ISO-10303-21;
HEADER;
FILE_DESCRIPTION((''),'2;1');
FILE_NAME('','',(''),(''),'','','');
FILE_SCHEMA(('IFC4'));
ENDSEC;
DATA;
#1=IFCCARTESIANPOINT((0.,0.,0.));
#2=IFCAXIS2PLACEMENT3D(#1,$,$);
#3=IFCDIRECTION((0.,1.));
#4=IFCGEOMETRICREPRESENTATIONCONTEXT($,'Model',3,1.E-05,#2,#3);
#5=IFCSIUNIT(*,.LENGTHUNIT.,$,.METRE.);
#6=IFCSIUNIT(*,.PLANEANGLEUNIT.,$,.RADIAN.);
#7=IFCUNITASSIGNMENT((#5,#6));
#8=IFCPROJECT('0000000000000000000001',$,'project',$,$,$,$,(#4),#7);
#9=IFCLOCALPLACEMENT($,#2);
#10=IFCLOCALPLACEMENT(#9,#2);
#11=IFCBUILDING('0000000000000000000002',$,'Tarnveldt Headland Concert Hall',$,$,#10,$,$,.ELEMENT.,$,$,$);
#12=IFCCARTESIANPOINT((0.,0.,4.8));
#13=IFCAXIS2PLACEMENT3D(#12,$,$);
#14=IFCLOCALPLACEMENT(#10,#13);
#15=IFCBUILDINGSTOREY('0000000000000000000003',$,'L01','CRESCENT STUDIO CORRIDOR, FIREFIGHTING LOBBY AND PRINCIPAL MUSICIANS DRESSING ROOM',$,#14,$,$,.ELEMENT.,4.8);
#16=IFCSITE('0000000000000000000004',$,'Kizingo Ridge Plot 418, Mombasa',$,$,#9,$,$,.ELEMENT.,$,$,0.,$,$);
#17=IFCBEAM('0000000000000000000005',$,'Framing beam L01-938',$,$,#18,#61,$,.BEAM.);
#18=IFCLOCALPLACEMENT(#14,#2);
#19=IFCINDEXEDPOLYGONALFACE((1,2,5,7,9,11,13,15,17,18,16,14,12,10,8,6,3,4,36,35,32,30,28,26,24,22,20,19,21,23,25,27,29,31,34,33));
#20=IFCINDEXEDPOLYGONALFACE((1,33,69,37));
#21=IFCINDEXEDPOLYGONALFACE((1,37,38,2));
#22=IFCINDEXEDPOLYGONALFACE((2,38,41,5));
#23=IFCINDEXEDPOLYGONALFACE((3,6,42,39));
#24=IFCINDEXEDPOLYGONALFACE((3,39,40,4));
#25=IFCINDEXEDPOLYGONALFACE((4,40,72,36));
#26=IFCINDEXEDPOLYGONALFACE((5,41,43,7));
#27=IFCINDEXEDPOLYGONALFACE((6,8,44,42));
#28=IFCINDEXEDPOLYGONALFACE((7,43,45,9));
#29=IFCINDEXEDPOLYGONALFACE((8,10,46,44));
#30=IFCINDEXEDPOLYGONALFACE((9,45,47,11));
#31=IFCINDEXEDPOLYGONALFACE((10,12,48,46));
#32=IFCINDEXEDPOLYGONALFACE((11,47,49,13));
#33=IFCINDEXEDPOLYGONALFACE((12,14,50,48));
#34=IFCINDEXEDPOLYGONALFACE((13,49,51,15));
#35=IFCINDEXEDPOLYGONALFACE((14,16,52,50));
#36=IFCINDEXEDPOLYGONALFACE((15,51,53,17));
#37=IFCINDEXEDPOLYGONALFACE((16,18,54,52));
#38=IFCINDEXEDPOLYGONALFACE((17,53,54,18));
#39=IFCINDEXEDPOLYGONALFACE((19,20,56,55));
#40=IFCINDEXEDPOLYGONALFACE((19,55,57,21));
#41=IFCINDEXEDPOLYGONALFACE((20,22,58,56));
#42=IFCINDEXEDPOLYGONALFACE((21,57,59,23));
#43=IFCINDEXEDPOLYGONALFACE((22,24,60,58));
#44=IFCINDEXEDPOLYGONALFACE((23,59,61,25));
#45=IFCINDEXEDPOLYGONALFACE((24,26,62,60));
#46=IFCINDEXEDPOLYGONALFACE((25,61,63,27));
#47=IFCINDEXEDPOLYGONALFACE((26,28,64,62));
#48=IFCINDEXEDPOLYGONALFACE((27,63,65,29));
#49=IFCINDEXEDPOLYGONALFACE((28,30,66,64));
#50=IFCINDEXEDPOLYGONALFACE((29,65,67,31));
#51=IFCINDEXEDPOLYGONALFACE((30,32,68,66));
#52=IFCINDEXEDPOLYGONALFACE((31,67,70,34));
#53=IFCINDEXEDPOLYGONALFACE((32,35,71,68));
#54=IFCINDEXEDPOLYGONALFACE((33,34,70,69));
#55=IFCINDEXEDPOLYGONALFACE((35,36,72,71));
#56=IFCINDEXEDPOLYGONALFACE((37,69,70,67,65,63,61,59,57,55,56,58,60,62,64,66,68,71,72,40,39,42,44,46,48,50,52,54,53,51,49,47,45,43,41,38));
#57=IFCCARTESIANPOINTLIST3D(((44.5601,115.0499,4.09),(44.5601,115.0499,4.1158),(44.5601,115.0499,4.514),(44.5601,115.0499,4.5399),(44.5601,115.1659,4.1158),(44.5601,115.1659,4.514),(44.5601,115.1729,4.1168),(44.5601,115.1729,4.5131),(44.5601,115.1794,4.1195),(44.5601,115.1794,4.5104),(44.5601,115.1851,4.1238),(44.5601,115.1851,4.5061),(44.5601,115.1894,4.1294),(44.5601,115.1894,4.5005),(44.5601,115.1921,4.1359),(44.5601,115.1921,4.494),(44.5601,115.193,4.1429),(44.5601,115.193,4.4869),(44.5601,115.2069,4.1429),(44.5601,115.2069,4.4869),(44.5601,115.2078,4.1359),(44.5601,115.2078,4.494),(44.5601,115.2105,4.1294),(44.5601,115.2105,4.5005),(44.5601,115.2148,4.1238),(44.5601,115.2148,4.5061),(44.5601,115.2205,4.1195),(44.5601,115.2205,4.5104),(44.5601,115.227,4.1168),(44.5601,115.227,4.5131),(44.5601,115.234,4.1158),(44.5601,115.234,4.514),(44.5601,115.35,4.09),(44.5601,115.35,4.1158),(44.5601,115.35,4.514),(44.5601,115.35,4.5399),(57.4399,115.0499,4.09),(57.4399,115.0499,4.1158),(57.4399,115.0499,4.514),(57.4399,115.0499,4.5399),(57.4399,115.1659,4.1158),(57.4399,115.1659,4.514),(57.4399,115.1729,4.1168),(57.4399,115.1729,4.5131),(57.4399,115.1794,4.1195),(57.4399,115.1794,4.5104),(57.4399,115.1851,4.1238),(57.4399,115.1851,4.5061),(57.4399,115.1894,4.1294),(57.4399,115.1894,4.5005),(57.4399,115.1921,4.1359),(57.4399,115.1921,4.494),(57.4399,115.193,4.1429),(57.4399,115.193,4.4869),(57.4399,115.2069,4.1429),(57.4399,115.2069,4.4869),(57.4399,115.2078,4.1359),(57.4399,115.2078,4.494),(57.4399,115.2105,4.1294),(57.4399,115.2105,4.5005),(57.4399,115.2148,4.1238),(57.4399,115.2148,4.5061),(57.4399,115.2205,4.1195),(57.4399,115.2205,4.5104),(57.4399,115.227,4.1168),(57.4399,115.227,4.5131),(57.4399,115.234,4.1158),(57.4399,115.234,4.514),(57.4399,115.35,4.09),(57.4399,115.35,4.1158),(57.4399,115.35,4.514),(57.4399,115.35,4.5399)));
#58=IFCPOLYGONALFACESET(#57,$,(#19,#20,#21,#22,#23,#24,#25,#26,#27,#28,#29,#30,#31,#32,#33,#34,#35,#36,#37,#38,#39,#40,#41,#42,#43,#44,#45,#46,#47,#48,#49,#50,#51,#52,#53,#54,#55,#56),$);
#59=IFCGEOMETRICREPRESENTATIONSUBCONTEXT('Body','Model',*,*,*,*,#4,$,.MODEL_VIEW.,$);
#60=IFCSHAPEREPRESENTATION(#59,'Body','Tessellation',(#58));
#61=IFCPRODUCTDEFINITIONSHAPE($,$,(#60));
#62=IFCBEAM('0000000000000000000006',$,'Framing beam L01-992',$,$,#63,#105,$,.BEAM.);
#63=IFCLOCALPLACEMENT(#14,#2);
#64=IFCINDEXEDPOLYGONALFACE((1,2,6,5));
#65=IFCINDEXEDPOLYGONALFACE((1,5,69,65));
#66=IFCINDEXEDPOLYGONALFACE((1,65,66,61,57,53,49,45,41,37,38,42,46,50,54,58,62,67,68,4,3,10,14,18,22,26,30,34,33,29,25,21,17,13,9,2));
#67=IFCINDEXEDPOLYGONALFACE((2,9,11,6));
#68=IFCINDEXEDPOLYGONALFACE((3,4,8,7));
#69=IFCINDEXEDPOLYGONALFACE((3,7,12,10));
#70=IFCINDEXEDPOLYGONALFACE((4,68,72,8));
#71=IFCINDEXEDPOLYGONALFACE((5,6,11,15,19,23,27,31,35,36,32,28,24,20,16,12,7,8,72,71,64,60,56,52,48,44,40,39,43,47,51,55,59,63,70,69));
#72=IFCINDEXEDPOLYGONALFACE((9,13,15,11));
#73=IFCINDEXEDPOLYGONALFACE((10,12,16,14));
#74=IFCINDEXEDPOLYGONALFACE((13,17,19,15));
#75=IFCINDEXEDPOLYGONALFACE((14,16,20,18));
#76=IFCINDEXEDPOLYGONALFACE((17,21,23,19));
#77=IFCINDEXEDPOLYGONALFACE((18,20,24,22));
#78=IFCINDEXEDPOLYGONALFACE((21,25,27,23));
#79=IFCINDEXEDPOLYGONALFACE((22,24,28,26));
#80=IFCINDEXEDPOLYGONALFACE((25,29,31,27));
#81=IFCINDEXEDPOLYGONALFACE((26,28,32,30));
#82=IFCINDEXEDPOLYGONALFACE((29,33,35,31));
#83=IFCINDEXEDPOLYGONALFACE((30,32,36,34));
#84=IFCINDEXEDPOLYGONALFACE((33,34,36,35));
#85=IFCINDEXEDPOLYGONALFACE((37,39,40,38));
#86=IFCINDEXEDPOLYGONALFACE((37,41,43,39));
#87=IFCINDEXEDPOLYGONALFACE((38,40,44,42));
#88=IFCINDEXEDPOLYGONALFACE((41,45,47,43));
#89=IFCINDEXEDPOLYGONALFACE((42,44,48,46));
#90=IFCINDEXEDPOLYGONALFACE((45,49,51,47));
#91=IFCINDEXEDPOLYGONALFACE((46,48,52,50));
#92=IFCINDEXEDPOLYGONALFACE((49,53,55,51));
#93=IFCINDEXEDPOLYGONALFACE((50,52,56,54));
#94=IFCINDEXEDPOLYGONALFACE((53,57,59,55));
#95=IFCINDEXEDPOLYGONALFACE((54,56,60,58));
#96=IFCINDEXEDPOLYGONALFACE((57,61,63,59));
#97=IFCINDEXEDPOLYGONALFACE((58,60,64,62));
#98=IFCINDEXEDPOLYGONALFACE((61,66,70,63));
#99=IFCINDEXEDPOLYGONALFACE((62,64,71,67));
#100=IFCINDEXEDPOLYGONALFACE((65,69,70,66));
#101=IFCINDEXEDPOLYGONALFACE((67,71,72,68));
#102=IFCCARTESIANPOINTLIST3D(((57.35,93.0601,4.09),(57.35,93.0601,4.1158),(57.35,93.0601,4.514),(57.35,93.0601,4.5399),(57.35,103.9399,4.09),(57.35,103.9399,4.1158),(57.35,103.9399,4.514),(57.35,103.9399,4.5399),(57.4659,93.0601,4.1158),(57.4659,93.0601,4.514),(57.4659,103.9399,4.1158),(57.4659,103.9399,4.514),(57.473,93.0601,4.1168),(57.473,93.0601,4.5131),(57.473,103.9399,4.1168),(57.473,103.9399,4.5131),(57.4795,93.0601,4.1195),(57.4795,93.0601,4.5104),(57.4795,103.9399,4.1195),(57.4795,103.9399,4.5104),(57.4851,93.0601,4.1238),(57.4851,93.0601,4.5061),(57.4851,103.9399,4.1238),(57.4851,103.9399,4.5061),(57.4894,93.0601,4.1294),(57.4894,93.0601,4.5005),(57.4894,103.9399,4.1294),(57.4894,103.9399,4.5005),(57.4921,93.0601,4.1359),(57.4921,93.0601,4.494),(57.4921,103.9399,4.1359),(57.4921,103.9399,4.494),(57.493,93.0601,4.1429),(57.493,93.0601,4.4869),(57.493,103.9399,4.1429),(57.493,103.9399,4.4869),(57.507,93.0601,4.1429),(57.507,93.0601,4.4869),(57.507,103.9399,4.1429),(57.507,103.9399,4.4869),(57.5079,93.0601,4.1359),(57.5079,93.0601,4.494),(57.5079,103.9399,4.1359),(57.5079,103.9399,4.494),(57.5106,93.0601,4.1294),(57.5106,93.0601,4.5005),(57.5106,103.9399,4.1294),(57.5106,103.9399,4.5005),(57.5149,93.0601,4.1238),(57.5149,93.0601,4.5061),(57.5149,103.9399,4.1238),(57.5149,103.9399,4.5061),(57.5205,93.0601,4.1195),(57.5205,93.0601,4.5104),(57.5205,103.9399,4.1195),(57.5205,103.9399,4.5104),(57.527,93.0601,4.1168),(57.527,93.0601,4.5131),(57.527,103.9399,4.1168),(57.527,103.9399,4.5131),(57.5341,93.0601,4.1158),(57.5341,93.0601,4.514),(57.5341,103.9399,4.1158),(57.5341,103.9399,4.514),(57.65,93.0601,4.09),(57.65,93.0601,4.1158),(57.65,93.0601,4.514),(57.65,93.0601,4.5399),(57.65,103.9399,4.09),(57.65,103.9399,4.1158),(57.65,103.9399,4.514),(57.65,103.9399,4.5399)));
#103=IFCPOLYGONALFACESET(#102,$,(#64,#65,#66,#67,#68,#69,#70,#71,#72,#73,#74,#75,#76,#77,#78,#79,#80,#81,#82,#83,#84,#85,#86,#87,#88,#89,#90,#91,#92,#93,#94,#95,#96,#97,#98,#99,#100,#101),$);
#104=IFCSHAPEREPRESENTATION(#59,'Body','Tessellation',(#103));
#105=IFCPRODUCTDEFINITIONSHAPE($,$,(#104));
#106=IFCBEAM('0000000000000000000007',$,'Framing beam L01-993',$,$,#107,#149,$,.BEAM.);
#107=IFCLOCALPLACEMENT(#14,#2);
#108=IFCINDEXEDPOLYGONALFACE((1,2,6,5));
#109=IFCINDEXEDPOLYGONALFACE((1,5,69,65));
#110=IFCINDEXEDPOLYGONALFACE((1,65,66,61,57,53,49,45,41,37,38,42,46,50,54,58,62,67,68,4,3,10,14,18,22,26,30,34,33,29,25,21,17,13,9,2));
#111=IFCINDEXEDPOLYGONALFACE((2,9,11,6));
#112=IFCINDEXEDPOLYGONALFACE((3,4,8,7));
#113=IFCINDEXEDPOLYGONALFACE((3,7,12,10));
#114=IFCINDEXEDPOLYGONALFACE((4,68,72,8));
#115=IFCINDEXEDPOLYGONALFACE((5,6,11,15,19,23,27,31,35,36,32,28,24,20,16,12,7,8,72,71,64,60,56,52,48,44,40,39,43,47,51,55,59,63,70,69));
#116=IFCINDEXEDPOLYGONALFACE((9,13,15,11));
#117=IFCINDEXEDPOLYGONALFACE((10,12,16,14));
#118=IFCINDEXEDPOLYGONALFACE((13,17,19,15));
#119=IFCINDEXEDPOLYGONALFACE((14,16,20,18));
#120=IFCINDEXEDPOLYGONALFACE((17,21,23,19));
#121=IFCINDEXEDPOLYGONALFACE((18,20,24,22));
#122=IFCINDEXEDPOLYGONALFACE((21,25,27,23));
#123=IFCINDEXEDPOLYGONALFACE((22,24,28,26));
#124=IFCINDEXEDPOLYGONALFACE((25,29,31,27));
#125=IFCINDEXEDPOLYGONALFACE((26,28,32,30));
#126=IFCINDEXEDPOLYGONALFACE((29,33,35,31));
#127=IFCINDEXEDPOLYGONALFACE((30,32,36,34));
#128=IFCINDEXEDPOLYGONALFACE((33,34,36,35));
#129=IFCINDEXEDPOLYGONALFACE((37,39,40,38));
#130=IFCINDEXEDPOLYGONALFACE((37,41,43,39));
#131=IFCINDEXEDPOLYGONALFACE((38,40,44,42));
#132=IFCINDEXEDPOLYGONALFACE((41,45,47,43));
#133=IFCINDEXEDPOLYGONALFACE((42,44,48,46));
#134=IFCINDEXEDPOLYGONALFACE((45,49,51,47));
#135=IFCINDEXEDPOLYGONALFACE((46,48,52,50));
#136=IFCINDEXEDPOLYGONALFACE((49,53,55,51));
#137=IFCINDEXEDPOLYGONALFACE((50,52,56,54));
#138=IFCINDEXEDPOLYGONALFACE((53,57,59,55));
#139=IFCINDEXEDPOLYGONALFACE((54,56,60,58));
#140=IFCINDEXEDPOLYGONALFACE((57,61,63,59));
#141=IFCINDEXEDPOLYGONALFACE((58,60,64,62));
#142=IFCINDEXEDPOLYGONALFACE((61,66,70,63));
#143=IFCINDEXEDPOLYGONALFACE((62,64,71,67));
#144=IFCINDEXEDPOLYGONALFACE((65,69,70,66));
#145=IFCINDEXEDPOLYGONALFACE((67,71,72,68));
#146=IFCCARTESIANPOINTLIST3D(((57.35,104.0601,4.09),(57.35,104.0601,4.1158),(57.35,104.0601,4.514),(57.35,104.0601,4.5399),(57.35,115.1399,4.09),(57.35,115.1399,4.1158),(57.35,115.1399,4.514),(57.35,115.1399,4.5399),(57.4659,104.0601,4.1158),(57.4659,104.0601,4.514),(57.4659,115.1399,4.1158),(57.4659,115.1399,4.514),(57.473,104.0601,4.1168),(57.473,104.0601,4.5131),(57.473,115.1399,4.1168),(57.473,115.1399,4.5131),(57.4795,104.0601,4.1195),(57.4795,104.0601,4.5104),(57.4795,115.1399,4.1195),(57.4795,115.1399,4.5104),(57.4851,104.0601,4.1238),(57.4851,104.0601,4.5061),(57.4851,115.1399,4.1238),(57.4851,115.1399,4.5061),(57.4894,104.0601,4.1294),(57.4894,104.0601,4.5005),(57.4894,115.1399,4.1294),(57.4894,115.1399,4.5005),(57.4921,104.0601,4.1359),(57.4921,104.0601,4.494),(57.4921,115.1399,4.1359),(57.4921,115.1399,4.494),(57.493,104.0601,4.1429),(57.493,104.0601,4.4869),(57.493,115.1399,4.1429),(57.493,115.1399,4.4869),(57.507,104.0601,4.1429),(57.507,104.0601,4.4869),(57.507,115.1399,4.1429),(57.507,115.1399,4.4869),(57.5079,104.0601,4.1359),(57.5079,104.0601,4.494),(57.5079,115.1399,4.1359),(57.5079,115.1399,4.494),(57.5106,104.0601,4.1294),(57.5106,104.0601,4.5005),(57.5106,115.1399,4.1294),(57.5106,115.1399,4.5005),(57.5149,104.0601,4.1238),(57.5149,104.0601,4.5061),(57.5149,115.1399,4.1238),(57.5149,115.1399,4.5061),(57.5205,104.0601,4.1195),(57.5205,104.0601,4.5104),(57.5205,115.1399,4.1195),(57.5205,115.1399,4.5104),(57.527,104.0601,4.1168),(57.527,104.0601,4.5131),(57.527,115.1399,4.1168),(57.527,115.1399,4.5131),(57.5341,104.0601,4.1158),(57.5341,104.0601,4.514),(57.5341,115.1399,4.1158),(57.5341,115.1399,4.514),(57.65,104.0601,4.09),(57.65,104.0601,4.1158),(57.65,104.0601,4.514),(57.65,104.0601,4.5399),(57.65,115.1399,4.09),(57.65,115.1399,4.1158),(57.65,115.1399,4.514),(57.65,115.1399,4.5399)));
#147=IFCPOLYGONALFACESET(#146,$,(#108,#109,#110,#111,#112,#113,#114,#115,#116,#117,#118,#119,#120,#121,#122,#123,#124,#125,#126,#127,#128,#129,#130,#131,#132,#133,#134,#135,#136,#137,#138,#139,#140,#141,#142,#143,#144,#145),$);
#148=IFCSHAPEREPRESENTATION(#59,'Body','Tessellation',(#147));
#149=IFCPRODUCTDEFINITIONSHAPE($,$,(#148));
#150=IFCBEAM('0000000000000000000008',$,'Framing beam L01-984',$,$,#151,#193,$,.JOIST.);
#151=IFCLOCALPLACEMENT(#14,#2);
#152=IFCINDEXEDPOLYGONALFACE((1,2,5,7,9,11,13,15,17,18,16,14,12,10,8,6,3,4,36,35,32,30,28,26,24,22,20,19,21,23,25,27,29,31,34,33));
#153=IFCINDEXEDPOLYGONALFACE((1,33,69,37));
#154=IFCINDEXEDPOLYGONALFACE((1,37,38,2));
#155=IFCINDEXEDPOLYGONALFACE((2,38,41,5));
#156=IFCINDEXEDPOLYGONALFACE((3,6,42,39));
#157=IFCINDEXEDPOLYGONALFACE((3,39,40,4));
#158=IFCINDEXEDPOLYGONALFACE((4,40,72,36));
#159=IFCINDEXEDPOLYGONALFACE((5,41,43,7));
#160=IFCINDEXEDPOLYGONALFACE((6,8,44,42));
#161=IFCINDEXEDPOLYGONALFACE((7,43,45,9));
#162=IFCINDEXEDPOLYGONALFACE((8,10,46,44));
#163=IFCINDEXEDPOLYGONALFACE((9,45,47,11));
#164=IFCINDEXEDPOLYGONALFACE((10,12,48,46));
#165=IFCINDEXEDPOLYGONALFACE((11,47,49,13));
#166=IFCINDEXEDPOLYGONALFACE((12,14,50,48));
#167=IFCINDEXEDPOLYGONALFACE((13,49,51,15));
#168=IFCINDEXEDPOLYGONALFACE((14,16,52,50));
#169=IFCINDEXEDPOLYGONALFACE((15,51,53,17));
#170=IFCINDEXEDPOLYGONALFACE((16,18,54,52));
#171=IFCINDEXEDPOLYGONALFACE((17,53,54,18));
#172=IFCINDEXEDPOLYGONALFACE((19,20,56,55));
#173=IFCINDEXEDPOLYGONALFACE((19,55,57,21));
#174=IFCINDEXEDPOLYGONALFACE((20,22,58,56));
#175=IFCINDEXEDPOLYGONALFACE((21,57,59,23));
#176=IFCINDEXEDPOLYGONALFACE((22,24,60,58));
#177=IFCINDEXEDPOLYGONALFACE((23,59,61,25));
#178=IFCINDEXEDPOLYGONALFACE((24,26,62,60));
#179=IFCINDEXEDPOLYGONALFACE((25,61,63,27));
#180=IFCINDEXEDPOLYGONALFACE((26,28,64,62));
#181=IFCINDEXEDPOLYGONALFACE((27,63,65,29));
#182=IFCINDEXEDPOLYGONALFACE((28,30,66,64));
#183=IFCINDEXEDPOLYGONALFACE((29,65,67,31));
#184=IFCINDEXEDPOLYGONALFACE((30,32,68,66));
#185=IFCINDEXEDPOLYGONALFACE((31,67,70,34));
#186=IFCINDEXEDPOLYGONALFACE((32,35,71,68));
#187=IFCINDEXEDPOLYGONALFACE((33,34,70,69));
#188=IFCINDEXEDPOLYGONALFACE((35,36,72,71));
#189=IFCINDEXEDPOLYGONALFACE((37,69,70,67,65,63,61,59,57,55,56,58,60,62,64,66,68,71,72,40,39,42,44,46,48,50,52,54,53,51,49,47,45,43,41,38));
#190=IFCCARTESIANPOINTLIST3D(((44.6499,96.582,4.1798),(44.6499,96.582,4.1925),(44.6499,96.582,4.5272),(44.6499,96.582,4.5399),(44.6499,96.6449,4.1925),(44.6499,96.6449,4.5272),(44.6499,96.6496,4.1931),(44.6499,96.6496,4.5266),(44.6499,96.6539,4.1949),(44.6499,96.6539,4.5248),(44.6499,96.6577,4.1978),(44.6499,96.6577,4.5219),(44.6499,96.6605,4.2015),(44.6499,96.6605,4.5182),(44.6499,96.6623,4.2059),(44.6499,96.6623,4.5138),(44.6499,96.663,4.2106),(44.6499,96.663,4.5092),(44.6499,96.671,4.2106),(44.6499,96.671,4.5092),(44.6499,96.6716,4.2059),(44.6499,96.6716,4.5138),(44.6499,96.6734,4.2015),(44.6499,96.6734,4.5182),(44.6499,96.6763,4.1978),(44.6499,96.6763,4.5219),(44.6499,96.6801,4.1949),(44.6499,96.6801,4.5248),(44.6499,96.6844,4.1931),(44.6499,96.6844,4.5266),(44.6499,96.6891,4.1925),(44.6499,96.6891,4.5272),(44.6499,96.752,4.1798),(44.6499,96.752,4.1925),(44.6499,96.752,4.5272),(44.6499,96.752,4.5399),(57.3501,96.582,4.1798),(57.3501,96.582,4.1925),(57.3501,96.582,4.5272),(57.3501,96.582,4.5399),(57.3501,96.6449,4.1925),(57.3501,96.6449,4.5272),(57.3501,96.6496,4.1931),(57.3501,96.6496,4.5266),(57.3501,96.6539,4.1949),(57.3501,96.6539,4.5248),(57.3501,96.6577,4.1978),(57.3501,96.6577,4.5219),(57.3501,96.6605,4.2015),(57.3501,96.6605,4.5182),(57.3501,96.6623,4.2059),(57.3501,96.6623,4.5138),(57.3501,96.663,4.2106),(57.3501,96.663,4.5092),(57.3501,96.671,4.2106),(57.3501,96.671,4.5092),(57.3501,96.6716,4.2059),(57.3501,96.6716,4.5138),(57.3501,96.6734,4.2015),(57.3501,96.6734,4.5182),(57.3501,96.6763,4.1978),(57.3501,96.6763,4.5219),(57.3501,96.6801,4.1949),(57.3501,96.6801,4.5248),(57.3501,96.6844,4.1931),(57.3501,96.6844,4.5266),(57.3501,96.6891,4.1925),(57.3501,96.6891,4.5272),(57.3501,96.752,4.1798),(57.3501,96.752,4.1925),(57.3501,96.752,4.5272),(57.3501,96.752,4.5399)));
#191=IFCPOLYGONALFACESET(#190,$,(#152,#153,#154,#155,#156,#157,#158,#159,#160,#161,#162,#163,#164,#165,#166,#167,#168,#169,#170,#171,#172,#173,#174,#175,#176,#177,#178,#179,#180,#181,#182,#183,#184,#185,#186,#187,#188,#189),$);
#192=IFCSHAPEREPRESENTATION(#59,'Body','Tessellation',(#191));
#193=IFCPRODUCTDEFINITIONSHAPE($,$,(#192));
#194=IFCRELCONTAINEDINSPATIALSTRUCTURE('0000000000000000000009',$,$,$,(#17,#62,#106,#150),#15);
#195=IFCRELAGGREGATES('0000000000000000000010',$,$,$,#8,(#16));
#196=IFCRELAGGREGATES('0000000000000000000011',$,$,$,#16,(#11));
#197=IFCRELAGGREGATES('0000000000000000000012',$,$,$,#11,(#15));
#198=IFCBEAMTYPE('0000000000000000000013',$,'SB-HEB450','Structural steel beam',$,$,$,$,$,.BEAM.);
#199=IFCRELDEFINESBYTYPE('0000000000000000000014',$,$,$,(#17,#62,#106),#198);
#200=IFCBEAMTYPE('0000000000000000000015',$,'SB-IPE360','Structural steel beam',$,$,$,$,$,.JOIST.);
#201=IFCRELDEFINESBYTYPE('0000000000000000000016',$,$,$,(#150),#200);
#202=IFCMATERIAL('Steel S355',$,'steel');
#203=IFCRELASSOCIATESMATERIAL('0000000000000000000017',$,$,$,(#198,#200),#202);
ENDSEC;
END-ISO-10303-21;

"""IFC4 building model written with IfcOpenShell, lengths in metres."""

from ifc_helpers import new_model, si_unit, direction, frame, origin, origin_2d, place, context, subcontext, project, spatial, i_section, extrude, material, material_profile, profile_set, type_object, element, save


model = new_model("IFC4")

# Units and contexts
model_context = context("Model", 3, precision=1e-05, world=origin(), true_north=direction((0.0, 1.0)))
body_context = subcontext(model_context, "Body", "Model", "MODEL_VIEW")
ifc_project = project(units=[si_unit("LENGTHUNIT", "METRE"), si_unit("PLANEANGLEUNIT", "RADIAN")], contexts=[model_context])

# Site, building, storey
site_placement = place(None, origin())
site = spatial("IfcSite", under=ifc_project, at=site_placement, Name="Kizingo Ridge Plot 418, Mombasa", CompositionType="ELEMENT", RefElevation=0.0)
building_placement = place(site_placement, origin())
building = spatial("IfcBuilding", under=site, at=building_placement, Name="Tarnveldt Headland Concert Hall", CompositionType="ELEMENT")
storey_placement = place(building_placement, frame((0.0, 0.0, 4.8)))
storey = spatial("IfcBuildingStorey", under=building, at=storey_placement, Name="L01", Description="CRESCENT STUDIO CORRIDOR, FIREFIGHTING LOBBY AND PRINCIPAL MUSICIANS DRESSING ROOM", CompositionType="ELEMENT", Elevation=4.8)

# Shared definitions
ifc_material_1 = material(Name="Steel S355", Category="steel")

# Beams
ifc_material_profile_1 = material_profile(ifc_material_1, i_section(OverallWidth=0.3, OverallDepth=0.45, WebThickness=0.0139, FlangeThickness=0.0259, FilletRadius=0.0271, at=origin_2d()), Name="HEB450", Category="steel")
ifc_profile_set_1 = profile_set([ifc_material_profile_1], Name="Steel S355")
beam_type_1 = type_object("IfcBeamType", Name="SB-HEB450", Description="Structural steel beam", PredefinedType="BEAM", material=ifc_profile_set_1)
for number, where, z_axis, x_axis, name in (
    (1, (44.5601, 115.2, 4.3149), (1.0, 0.0, 0.0), (0.0, 1.0, 0.0), "Framing beam L01-938"),
):
    element("IfcBeam", number, at=place(storey_placement, frame(where, z_axis=z_axis, x_axis=x_axis)), inside=storey, type_object=beam_type_1, Name=name, PredefinedType="BEAM", context=body_context, shape_type="SweptSolid", body=[
        extrude(i_section(OverallWidth=0.3, OverallDepth=0.45, WebThickness=0.0139, FlangeThickness=0.0259, FilletRadius=0.0271, at=origin_2d()), origin(), (0.0, 0.0, 1.0), 12.8799),
    ])
beam_1_placement = place(storey_placement, frame((57.5, 93.0601, 4.3149), z_axis=(0.0, 1.0, 0.0), x_axis=(-1.0, 0.0, 0.0)))
element("IfcBeam", 2, at=beam_1_placement, inside=storey, type_object=beam_type_1, Name="Framing beam L01-992", PredefinedType="BEAM", context=body_context, shape_type="SweptSolid", body=[
    extrude(i_section(OverallWidth=0.3, OverallDepth=0.45, WebThickness=0.0139, FlangeThickness=0.0259, FilletRadius=0.0271, at=origin_2d()), origin(), (0.0, 0.0, 1.0), 10.8799),
])
beam_2_placement = place(storey_placement, frame((57.5, 104.0601, 4.3149), z_axis=(0.0, 1.0, 0.0), x_axis=(-1.0, 0.0, 0.0)))
element("IfcBeam", 3, at=beam_2_placement, inside=storey, type_object=beam_type_1, Name="Framing beam L01-993", PredefinedType="BEAM", context=body_context, shape_type="SweptSolid", body=[
    extrude(i_section(OverallWidth=0.3, OverallDepth=0.45, WebThickness=0.0139, FlangeThickness=0.0259, FilletRadius=0.0271, at=origin_2d()), origin(), (0.0, 0.0, 1.0), 11.0798),
])
ifc_material_profile_2 = material_profile(ifc_material_1, i_section(OverallWidth=0.1699, OverallDepth=0.3601, WebThickness=0.0081, FlangeThickness=0.0127, FilletRadius=0.0181, at=origin_2d()), Name="IPE360", Category="steel")
ifc_profile_set_2 = profile_set([ifc_material_profile_2], Name="Steel S355")
beam_type_2 = type_object("IfcBeamType", Name="SB-IPE360", Description="Structural steel beam", PredefinedType="JOIST", material=ifc_profile_set_2)
for number, where, z_axis, x_axis, name in (
    (4, (44.6499, 96.667, 4.3599), (1.0, 0.0, 0.0), (0.0, 1.0, 0.0), "Framing beam L01-984"),
):
    element("IfcBeam", number, at=place(storey_placement, frame(where, z_axis=z_axis, x_axis=x_axis)), inside=storey, type_object=beam_type_2, Name=name, PredefinedType="JOIST", context=body_context, shape_type="SweptSolid", body=[
        extrude(i_section(OverallWidth=0.1699, OverallDepth=0.3601, WebThickness=0.0081, FlangeThickness=0.0127, FilletRadius=0.0181, at=origin_2d()), origin(), (0.0, 0.0, 1.0), 12.7002),
    ])

save(model, "model.ifc")
